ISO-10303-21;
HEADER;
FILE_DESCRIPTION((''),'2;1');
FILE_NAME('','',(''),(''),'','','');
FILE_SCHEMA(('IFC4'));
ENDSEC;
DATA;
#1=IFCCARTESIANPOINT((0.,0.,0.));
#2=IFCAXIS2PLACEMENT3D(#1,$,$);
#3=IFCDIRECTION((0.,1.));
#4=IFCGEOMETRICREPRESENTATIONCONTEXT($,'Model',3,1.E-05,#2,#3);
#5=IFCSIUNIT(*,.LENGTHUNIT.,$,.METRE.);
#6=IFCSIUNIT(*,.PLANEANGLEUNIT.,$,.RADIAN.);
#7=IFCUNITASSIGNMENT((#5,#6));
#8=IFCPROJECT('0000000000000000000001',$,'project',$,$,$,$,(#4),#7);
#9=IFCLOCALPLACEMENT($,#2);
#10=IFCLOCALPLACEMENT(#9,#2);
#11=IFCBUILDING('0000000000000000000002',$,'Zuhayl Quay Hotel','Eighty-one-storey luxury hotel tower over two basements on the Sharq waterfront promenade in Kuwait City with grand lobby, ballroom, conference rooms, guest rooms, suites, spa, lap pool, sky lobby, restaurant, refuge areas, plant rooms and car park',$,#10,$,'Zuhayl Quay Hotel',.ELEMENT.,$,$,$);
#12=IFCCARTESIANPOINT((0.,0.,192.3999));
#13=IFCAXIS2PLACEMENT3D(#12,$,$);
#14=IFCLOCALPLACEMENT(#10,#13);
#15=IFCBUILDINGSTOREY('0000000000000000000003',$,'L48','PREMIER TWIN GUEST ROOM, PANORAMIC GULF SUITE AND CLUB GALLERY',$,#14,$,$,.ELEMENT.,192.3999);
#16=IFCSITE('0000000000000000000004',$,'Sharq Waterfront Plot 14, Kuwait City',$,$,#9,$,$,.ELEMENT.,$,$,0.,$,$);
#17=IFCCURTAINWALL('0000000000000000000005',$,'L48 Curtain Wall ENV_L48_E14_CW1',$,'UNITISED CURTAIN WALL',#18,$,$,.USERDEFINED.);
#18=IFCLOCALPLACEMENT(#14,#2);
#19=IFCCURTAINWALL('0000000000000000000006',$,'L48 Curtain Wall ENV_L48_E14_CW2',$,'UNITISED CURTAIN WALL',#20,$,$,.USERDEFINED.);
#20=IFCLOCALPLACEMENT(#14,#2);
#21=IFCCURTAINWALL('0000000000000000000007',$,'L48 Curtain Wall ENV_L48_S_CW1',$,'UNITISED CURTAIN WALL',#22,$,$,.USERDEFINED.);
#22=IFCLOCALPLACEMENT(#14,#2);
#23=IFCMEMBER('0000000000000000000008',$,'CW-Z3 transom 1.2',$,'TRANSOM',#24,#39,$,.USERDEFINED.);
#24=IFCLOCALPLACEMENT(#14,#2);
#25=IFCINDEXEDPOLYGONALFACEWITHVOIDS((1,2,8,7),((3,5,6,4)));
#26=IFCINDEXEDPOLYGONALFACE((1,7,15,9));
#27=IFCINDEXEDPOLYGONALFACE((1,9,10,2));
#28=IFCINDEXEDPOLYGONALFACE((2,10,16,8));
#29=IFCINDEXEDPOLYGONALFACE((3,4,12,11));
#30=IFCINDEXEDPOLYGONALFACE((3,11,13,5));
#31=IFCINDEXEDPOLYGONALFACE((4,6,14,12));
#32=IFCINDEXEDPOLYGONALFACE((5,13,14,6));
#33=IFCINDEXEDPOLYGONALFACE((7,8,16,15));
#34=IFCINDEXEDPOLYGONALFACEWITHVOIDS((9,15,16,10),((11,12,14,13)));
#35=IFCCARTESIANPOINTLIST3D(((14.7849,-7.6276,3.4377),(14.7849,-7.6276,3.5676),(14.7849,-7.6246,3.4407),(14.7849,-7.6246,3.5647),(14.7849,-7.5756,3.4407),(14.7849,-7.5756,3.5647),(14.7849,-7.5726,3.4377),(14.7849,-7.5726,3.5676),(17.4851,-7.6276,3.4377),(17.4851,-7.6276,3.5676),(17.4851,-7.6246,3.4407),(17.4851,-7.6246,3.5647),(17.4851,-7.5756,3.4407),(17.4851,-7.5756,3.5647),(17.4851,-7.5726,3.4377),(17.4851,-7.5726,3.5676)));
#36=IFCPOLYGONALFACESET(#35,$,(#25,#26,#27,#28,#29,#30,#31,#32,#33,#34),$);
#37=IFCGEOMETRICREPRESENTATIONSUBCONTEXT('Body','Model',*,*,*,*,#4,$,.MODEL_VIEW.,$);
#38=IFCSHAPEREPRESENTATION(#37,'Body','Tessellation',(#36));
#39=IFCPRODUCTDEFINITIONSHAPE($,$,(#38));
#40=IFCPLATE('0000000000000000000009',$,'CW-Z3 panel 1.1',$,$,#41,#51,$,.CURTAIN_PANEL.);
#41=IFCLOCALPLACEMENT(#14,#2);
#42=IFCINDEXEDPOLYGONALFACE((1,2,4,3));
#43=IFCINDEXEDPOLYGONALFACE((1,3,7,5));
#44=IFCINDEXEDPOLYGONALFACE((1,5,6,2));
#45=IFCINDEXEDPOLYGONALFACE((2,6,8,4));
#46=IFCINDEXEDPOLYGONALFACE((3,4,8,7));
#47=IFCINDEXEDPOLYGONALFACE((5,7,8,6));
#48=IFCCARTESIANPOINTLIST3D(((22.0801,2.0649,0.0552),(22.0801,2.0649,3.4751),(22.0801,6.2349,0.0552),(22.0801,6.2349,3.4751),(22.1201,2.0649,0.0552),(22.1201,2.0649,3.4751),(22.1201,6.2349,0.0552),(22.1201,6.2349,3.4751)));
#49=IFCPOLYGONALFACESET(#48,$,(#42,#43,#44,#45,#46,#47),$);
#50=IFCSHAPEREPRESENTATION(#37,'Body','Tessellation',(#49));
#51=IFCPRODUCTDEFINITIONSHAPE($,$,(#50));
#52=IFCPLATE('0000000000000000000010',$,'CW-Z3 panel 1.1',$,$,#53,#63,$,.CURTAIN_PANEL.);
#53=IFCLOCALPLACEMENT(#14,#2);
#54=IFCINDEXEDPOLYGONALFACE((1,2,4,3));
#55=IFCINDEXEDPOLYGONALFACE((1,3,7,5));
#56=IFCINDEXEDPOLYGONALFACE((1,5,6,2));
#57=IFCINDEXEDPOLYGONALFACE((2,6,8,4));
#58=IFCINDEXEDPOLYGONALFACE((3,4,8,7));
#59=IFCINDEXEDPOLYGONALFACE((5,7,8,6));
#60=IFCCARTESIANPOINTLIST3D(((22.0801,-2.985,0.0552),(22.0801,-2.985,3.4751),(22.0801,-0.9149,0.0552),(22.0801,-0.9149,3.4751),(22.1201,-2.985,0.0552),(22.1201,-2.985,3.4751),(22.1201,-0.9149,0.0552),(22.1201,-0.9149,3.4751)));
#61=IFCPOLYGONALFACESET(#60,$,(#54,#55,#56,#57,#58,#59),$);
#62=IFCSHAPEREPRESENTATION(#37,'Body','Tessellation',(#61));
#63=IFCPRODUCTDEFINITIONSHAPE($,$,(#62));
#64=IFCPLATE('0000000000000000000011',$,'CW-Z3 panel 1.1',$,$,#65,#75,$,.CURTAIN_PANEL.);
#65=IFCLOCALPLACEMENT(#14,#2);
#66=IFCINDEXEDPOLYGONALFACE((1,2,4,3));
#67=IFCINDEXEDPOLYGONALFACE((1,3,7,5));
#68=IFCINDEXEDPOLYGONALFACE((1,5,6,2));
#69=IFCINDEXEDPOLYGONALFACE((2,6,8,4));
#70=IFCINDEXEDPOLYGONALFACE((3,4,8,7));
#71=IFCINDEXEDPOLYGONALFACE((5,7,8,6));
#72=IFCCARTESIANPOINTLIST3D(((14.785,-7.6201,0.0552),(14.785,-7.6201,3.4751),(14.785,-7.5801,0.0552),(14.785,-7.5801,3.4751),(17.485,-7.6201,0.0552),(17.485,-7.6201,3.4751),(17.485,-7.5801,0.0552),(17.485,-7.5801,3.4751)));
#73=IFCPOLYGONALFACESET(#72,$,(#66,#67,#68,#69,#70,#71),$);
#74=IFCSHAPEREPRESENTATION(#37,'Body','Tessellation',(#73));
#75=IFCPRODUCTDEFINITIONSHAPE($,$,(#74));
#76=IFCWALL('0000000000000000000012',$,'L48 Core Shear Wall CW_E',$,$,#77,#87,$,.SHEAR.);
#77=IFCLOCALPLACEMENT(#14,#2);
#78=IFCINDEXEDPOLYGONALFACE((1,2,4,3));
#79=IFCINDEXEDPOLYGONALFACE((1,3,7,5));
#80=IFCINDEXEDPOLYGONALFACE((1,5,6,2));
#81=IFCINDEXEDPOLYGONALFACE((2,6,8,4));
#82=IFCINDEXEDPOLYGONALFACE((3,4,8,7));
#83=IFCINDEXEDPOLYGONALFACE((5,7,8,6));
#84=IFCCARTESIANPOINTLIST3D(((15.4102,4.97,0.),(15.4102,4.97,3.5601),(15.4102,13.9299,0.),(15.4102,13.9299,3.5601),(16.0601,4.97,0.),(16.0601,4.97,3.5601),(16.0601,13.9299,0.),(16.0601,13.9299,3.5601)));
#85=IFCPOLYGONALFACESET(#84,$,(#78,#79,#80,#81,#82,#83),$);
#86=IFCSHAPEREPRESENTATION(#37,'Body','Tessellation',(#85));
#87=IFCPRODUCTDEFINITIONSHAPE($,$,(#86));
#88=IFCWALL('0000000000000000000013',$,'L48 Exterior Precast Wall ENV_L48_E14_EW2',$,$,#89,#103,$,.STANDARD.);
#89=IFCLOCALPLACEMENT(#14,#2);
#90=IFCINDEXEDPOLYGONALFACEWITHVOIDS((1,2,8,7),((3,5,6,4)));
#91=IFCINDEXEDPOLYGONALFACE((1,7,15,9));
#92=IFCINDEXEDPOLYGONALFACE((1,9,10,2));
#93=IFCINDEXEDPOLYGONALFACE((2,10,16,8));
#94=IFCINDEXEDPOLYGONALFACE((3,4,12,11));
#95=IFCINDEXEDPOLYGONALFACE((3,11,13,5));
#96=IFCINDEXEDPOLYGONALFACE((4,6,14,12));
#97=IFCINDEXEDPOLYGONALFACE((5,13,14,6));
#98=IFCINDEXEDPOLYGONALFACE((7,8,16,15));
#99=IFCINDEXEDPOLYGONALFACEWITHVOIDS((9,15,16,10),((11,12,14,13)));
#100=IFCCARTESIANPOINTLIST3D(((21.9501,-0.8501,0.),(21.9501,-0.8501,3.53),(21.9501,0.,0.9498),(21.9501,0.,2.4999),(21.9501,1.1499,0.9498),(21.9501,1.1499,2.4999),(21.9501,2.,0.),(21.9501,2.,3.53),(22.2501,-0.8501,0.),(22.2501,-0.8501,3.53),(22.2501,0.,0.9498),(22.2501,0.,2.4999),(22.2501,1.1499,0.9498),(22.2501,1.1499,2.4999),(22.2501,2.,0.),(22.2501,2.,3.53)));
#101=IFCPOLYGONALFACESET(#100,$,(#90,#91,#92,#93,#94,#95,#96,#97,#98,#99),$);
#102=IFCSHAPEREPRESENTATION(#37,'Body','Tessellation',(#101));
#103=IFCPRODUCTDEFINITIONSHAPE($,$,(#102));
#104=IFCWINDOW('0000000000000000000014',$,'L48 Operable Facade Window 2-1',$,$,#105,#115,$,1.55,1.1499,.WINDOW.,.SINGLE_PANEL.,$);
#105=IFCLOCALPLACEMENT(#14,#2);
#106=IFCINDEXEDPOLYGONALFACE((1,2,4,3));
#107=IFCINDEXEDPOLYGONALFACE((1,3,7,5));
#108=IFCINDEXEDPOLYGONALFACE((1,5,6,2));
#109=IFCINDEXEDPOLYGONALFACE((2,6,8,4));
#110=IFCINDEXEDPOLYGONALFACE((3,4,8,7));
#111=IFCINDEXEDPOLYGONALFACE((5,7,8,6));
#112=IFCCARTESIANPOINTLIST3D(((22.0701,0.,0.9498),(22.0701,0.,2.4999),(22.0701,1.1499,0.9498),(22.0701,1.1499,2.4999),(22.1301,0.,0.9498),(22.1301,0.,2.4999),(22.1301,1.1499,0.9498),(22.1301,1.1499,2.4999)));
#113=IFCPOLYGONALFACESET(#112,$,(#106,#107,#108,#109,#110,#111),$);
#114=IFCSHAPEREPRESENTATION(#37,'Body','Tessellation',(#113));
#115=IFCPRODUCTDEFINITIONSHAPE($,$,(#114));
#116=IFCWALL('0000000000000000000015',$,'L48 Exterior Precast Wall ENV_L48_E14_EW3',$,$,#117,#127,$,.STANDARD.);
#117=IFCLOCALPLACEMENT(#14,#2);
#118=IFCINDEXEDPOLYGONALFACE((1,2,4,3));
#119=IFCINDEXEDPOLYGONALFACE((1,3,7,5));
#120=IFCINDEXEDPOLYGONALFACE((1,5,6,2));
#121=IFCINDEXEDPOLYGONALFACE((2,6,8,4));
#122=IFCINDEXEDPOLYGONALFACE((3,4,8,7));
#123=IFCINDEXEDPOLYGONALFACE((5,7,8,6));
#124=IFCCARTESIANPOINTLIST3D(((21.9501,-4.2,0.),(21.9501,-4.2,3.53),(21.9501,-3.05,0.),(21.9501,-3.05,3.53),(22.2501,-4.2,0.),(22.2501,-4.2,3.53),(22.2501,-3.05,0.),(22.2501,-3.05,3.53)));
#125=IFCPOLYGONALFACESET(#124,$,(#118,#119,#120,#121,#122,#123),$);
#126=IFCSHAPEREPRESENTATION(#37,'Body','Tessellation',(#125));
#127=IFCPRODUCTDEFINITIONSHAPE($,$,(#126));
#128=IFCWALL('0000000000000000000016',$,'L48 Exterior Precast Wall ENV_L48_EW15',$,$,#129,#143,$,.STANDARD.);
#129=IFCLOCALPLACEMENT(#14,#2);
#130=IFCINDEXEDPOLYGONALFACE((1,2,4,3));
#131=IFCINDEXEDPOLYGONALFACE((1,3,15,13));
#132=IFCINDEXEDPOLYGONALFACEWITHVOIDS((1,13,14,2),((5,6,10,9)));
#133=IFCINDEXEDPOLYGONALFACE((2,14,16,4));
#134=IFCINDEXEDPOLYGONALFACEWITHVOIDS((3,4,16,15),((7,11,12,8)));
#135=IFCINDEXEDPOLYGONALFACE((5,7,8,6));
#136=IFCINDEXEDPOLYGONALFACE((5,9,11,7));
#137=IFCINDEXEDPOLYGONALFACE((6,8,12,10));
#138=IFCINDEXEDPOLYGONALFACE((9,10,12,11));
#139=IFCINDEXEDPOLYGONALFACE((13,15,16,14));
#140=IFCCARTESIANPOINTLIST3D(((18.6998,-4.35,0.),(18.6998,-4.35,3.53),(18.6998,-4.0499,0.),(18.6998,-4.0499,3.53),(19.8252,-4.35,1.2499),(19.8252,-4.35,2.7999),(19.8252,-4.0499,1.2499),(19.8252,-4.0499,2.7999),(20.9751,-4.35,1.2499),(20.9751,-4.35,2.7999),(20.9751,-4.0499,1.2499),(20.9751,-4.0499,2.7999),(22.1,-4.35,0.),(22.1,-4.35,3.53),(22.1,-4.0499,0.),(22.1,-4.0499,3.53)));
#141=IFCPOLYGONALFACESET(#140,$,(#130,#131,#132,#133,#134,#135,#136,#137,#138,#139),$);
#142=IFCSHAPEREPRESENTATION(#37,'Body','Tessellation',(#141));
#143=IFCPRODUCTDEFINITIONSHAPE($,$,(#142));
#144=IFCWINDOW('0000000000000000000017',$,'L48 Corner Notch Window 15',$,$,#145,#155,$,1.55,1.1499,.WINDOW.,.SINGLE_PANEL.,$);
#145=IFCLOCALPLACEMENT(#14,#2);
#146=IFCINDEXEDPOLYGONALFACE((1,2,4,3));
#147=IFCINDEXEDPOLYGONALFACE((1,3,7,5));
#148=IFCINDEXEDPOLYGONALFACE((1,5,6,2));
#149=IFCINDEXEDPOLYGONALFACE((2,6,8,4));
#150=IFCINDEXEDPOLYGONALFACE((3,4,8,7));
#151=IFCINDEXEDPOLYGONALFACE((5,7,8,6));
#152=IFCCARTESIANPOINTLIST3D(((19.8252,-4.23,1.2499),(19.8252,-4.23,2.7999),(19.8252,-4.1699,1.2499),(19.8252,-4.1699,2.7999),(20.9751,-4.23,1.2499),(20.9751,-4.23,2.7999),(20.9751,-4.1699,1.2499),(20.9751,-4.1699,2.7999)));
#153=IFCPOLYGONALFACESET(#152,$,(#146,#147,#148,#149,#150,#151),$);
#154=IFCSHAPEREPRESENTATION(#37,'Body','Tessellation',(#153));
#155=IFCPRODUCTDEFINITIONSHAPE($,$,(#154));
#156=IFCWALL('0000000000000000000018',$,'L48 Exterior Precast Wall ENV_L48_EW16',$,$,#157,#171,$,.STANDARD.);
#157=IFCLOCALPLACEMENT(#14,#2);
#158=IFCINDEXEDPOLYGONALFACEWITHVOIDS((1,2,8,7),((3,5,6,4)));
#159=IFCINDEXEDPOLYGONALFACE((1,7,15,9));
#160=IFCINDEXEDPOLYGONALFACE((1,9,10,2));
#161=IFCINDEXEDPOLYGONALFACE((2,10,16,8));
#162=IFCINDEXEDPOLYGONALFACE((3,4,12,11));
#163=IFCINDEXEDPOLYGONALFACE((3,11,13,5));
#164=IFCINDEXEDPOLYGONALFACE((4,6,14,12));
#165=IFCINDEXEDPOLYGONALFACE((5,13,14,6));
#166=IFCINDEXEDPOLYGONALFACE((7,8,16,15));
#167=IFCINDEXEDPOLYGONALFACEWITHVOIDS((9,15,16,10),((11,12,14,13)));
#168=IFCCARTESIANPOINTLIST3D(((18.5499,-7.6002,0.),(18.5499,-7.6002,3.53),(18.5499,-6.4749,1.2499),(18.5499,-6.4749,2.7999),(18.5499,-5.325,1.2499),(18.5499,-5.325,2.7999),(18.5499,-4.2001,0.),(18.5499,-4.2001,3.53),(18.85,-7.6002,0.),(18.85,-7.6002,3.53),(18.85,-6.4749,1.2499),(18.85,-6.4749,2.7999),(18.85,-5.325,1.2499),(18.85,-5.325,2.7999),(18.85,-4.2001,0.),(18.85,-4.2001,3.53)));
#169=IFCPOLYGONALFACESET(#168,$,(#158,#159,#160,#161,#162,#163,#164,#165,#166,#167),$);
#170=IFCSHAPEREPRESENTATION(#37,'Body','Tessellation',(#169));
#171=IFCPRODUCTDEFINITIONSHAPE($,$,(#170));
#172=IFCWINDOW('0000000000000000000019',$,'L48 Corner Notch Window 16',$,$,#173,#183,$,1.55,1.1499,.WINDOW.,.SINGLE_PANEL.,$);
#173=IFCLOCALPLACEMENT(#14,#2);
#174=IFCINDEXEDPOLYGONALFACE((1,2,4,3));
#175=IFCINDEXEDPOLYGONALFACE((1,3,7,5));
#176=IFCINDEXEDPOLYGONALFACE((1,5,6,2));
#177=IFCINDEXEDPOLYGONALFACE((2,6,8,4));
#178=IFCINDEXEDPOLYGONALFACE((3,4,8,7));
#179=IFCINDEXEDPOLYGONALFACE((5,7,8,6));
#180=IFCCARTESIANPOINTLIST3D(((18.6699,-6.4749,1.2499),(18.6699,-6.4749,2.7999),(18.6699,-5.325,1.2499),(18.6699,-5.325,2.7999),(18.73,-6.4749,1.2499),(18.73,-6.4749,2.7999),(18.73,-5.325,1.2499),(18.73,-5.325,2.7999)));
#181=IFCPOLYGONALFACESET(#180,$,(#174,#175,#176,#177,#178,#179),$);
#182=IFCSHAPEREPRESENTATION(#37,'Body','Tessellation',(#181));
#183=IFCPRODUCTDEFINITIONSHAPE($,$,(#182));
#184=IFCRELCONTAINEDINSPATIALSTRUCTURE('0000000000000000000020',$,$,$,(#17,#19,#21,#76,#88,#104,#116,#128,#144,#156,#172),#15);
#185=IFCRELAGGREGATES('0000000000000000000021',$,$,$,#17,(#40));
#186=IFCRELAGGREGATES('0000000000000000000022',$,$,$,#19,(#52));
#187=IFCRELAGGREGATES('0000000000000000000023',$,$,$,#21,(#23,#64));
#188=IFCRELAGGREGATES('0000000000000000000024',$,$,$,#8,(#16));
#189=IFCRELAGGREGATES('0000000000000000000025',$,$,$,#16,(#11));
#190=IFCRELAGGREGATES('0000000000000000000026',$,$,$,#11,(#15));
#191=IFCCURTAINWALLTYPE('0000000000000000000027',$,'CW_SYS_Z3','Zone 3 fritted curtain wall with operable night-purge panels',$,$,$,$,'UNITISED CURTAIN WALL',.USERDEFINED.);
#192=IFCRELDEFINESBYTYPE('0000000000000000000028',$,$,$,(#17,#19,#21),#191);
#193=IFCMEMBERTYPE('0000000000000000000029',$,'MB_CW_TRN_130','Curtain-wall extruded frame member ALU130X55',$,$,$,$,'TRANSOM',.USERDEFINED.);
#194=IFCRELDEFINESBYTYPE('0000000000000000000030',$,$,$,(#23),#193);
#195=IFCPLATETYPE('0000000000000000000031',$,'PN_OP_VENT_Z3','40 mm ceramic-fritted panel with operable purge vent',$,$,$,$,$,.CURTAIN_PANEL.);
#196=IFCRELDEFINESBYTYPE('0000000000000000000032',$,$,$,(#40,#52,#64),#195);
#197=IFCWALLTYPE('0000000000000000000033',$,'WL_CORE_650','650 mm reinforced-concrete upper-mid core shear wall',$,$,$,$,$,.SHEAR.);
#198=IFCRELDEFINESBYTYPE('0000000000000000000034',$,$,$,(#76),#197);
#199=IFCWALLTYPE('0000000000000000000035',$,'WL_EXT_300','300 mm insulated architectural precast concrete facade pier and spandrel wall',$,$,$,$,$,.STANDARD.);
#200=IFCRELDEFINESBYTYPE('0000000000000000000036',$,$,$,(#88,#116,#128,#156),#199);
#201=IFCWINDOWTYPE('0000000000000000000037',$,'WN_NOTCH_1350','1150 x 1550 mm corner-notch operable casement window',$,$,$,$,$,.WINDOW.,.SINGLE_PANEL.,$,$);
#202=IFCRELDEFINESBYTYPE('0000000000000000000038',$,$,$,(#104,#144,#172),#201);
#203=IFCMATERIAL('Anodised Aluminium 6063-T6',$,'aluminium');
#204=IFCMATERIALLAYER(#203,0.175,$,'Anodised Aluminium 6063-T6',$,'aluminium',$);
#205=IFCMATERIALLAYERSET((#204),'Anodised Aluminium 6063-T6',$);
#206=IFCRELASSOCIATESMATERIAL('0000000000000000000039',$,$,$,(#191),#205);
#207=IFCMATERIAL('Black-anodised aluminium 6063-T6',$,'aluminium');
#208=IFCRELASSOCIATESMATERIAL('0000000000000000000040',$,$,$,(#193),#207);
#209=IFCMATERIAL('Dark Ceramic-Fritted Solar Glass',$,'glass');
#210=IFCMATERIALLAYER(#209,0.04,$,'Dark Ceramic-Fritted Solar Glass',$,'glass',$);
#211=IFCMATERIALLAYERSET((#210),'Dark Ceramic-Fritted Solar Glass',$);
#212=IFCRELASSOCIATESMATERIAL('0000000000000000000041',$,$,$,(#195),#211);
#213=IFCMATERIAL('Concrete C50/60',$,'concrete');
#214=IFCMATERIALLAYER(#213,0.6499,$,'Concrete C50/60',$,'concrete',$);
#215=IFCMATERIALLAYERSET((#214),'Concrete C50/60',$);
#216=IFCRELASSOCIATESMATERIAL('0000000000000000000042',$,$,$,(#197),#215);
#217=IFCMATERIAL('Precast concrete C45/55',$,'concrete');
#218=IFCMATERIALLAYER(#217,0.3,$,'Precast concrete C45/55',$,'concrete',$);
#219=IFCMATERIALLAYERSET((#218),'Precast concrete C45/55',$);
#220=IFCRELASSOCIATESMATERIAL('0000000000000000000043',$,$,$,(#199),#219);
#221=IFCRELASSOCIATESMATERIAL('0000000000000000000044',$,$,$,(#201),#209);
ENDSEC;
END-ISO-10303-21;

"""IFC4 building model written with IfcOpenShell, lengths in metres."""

from ifc_helpers import new_model, si_unit, direction, frame, frame_2d, origin, origin_2d, place, context, subcontext, project, spatial, rectangle, hollow_rectangle, extrude, material, layer, layer_set, material_profile, profile_set, type_object, element, fill, aggregate, save


model = new_model("IFC4")

# Units and contexts
model_context = context("Model", 3, precision=1e-05, world=origin(), true_north=direction((0.0, 1.0)))
body_context = subcontext(model_context, "Body", "Model", "MODEL_VIEW")
ifc_project = project(units=[si_unit("LENGTHUNIT", "METRE"), si_unit("PLANEANGLEUNIT", "RADIAN")], contexts=[model_context])

# Site, building, storey
site_placement = place(None, origin())
site = spatial("IfcSite", under=ifc_project, at=site_placement, Name="Sharq Waterfront Plot 14, Kuwait City", CompositionType="ELEMENT", RefElevation=0.0)
building_placement = place(site_placement, origin())
building = spatial("IfcBuilding", under=site, at=building_placement, Name="Zuhayl Quay Hotel", Description="Eighty-one-storey luxury hotel tower over two basements on the Sharq waterfront promenade in Kuwait City with grand lobby, ballroom, conference rooms, guest rooms, suites, spa, lap pool, sky lobby, restaurant, refuge areas, plant rooms and car park", LongName="Zuhayl Quay Hotel", CompositionType="ELEMENT")
storey_placement = place(building_placement, frame((0.0, 0.0, 192.3999)))
storey = spatial("IfcBuildingStorey", under=building, at=storey_placement, Name="L48", Description="PREMIER TWIN GUEST ROOM, PANORAMIC GULF SUITE AND CLUB GALLERY", CompositionType="ELEMENT", Elevation=192.3999)

# Curtain walls
ifc_material_1 = material(Name="Anodised Aluminium 6063-T6", Category="aluminium")
ifc_layer_1 = layer(ifc_material_1, 0.175, Name="Anodised Aluminium 6063-T6", Category="aluminium")
ifc_layer_set_1 = layer_set([ifc_layer_1], Name="Anodised Aluminium 6063-T6")
curtain_wall_type = type_object("IfcCurtainWallType", Name="CW_SYS_Z3", Description="Zone 3 fritted curtain wall with operable night-purge panels", ElementType="UNITISED CURTAIN WALL", PredefinedType="USERDEFINED", material=ifc_layer_set_1)
curtain_wall_1_placement = place(storey_placement, origin())
curtain_wall_1 = element("IfcCurtainWall", 1, at=curtain_wall_1_placement, inside=storey, type_object=curtain_wall_type, Name="L48 Curtain Wall ENV_L48_E14_CW1", ObjectType="UNITISED CURTAIN WALL", PredefinedType="USERDEFINED")
ifc_material_2 = material(Name="Black-anodised aluminium 6063-T6", Category="aluminium")
curtain_wall_2_placement = place(storey_placement, origin())
curtain_wall_2 = element("IfcCurtainWall", 2, at=curtain_wall_2_placement, inside=storey, type_object=curtain_wall_type, Name="L48 Curtain Wall ENV_L48_E14_CW2", ObjectType="UNITISED CURTAIN WALL", PredefinedType="USERDEFINED")
curtain_wall_3_placement = place(storey_placement, origin())
curtain_wall_3 = element("IfcCurtainWall", 3, at=curtain_wall_3_placement, inside=storey, type_object=curtain_wall_type, Name="L48 Curtain Wall ENV_L48_S_CW1", ObjectType="UNITISED CURTAIN WALL", PredefinedType="USERDEFINED")

# Member
ifc_material_profile_1 = material_profile(ifc_material_2, hollow_rectangle(XDim=0.0549, YDim=0.1299, WallThickness=0.0029, at=origin_2d()), Name="ALU130X55")
ifc_profile_set_1 = profile_set([ifc_material_profile_1], Name="Black-anodised aluminium 6063-T6")
member_type_1 = type_object("IfcMemberType", Name="MB_CW_TRN_130", Description="Curtain-wall extruded frame member ALU130X55", ElementType="TRANSOM", PredefinedType="USERDEFINED", material=ifc_profile_set_1)
member_1_placement = place(storey_placement, frame((17.4851, -7.6001, 3.5027), z_axis=(-1.0, 0.0, 0.0), x_axis=(0.0, -1.0, 0.0)))
member_1 = element("IfcMember", 4, at=member_1_placement, type_object=member_type_1, Name="CW-Z3 transom 1.2", ObjectType="TRANSOM", PredefinedType="USERDEFINED", context=body_context, shape_type="SweptSolid", body=[
    extrude(hollow_rectangle(XDim=0.0549, YDim=0.1299, WallThickness=0.0029, at=origin_2d()), origin(), (0.0, 0.0, 1.0), 2.7002),
])

# Plates
ifc_material_3 = material(Name="Dark Ceramic-Fritted Solar Glass", Category="glass")
ifc_layer_2 = layer(ifc_material_3, 0.04, Name="Dark Ceramic-Fritted Solar Glass", Category="glass")
ifc_layer_set_2 = layer_set([ifc_layer_2], Name="Dark Ceramic-Fritted Solar Glass")
plate_type = type_object("IfcPlateType", Name="PN_OP_VENT_Z3", Description="40 mm ceramic-fritted panel with operable purge vent", PredefinedType="CURTAIN_PANEL", material=ifc_layer_set_2)
plate_1_placement = place(storey_placement, frame((22.1001, 4.1499, 0.0552), z_axis=(0.0, 0.0, 1.0), x_axis=(0.0, -1.0, 0.0)))
plate_1 = element("IfcPlate", 5, at=plate_1_placement, type_object=plate_type, Name="CW-Z3 panel 1.1", PredefinedType="CURTAIN_PANEL", context=body_context, shape_type="SweptSolid", body=[
    extrude(rectangle(XDim=4.1699, YDim=0.04, at=origin_2d()), origin(), (0.0, 0.0, 1.0), 3.4199),
])
aggregate(curtain_wall_1, [plate_1])
plate_2_placement = place(storey_placement, frame((22.1001, -1.95, 0.0552), z_axis=(0.0, 0.0, 1.0), x_axis=(0.0, -1.0, 0.0)))
plate_2 = element("IfcPlate", 6, at=plate_2_placement, type_object=plate_type, Name="CW-Z3 panel 1.1", PredefinedType="CURTAIN_PANEL", context=body_context, shape_type="SweptSolid", body=[
    extrude(rectangle(XDim=2.0701, YDim=0.04, at=origin_2d()), origin(), (0.0, 0.0, 1.0), 3.4199),
])
aggregate(curtain_wall_2, [plate_2])
plate_3_placement = place(storey_placement, frame((16.135, -7.6001, 0.0552), z_axis=(0.0, 0.0, 1.0), x_axis=(-1.0, 0.0, 0.0)))
plate_3 = element("IfcPlate", 7, at=plate_3_placement, type_object=plate_type, Name="CW-Z3 panel 1.1", PredefinedType="CURTAIN_PANEL", context=body_context, shape_type="SweptSolid", body=[
    extrude(rectangle(XDim=2.7, YDim=0.04, at=origin_2d()), origin(), (0.0, 0.0, 1.0), 3.4199),
])
aggregate(curtain_wall_3, [member_1, plate_3])

# Wall
ifc_material_4 = material(Name="Concrete C50/60", Category="concrete")
ifc_layer_3 = layer(ifc_material_4, 0.6499, Name="Concrete C50/60", Category="concrete")
ifc_layer_set_3 = layer_set([ifc_layer_3], Name="Concrete C50/60")
wall_type_1 = type_object("IfcWallType", Name="WL_CORE_650", Description="650 mm reinforced-concrete upper-mid core shear wall", PredefinedType="SHEAR", material=ifc_layer_set_3)
wall_1_placement = place(storey_placement, frame((15.7351, 4.97, 0.0), z_axis=(0.0, 0.0, 1.0), x_axis=(0.0, 1.0, 0.0)))
element("IfcWall", 8, at=wall_1_placement, inside=storey, type_object=wall_type_1, Name="L48 Core Shear Wall CW_E", PredefinedType="SHEAR", context=body_context, shape_type="SweptSolid", body=[
    extrude(rectangle(XDim=8.96, YDim=0.6499, at=frame_2d((4.48, 0.0))), origin(), (0.0, 0.0, 1.0), 3.5601),
])

# Wall, opening, window
ifc_material_5 = material(Name="Precast concrete C45/55", Category="concrete")
ifc_layer_4 = layer(ifc_material_5, 0.3, Name="Precast concrete C45/55", Category="concrete")
ifc_layer_set_4 = layer_set([ifc_layer_4], Name="Precast concrete C45/55")
wall_type_2 = type_object("IfcWallType", Name="WL_EXT_300", Description="300 mm insulated architectural precast concrete facade pier and spandrel wall", PredefinedType="STANDARD", material=ifc_layer_set_4)
wall_2_placement = place(storey_placement, frame((22.1001, 2.0, 0.0), z_axis=(0.0, 0.0, 1.0), x_axis=(0.0, -1.0, 0.0)))
wall_2 = element("IfcWall", 9, at=wall_2_placement, inside=storey, type_object=wall_type_2, Name="L48 Exterior Precast Wall ENV_L48_E14_EW2", PredefinedType="STANDARD", context=body_context, shape_type="SweptSolid", body=[
    extrude(rectangle(XDim=2.8501, YDim=0.3, at=frame_2d((1.425, 0.0))), origin(), (0.0, 0.0, 1.0), 3.53),
])
opening_1_placement = place(wall_2_placement, frame((0.8501, 0.0, 0.95)))
opening_1 = element("IfcOpeningElement", 10, at=opening_1_placement, cuts=wall_2, PredefinedType="OPENING", context=body_context, shape_type="SweptSolid", body=[
    extrude(rectangle(XDim=1.1499, YDim=1.55, at=frame_2d((0.575, 0.7749))), frame((0.0, 0.1599, 0.0), z_axis=(0.0, -1.0, 0.0), x_axis=(1.0, 0.0, 0.0)), (0.0, 0.0, 1.0), 0.3201),
])
window_type = type_object("IfcWindowType", Name="WN_NOTCH_1350", Description="1150 x 1550 mm corner-notch operable casement window", PartitioningType="SINGLE_PANEL", PredefinedType="WINDOW", material=ifc_material_3)
window_1_placement = place(opening_1_placement, origin())
window_1 = element("IfcWindow", 11, at=window_1_placement, inside=storey, type_object=window_type, Name="L48 Operable Facade Window 2-1", OverallHeight=1.55, OverallWidth=1.1499, PartitioningType="SINGLE_PANEL", PredefinedType="WINDOW", context=body_context, shape_type="SweptSolid", body=[
    extrude(rectangle(XDim=1.1499, YDim=1.55, at=frame_2d((0.575, 0.7749))), frame((0.0, 0.03, 0.0), z_axis=(0.0, -1.0, 0.0), x_axis=(1.0, 0.0, 0.0)), (0.0, 0.0, 1.0), 0.0601),
])
fill(opening_1, window_1)

# Wall
wall_3_placement = place(storey_placement, frame((22.1001, -3.05, 0.0), z_axis=(0.0, 0.0, 1.0), x_axis=(0.0, -1.0, 0.0)))
element("IfcWall", 12, at=wall_3_placement, inside=storey, type_object=wall_type_2, Name="L48 Exterior Precast Wall ENV_L48_E14_EW3", PredefinedType="STANDARD", context=body_context, shape_type="SweptSolid", body=[
    extrude(rectangle(XDim=1.1499, YDim=0.3, at=frame_2d((0.575, 0.0))), origin(), (0.0, 0.0, 1.0), 3.53),
])

# Walls, openings, windows
wall_4_placement = place(storey_placement, frame((22.1001, -4.2, 0.0), z_axis=(0.0, 0.0, 1.0), x_axis=(-1.0, 0.0, 0.0)))
wall_4 = element("IfcWall", 13, at=wall_4_placement, inside=storey, type_object=wall_type_2, Name="L48 Exterior Precast Wall ENV_L48_EW15", PredefinedType="STANDARD", context=body_context, shape_type="SweptSolid", body=[
    extrude(rectangle(XDim=3.4001, YDim=0.3, at=frame_2d((1.7002, 0.0))), origin(), (0.0, 0.0, 1.0), 3.53),
])
opening_2_placement = place(wall_4_placement, frame((1.125, 0.0, 1.25)))
opening_2 = element("IfcOpeningElement", 14, at=opening_2_placement, cuts=wall_4, PredefinedType="OPENING", context=body_context, shape_type="SweptSolid", body=[
    extrude(rectangle(XDim=1.1499, YDim=1.55, at=frame_2d((0.575, 0.7749))), frame((0.0, 0.1599, 0.0), z_axis=(0.0, -1.0, 0.0), x_axis=(1.0, 0.0, 0.0)), (0.0, 0.0, 1.0), 0.3201),
])
window_2_placement = place(opening_2_placement, origin())
window_2 = element("IfcWindow", 15, at=window_2_placement, inside=storey, type_object=window_type, Name="L48 Corner Notch Window 15", OverallHeight=1.55, OverallWidth=1.1499, PartitioningType="SINGLE_PANEL", PredefinedType="WINDOW", context=body_context, shape_type="SweptSolid", body=[
    extrude(rectangle(XDim=1.1499, YDim=1.55, at=frame_2d((0.575, 0.7749))), frame((0.0, 0.03, 0.0), z_axis=(0.0, -1.0, 0.0), x_axis=(1.0, 0.0, 0.0)), (0.0, 0.0, 1.0), 0.0601),
])
fill(opening_2, window_2)
wall_5_placement = place(storey_placement, frame((18.7, -4.2, 0.0), z_axis=(0.0, 0.0, 1.0), x_axis=(0.0, -1.0, 0.0)))
wall_5 = element("IfcWall", 16, at=wall_5_placement, inside=storey, type_object=wall_type_2, Name="L48 Exterior Precast Wall ENV_L48_EW16", PredefinedType="STANDARD", context=body_context, shape_type="SweptSolid", body=[
    extrude(rectangle(XDim=3.4001, YDim=0.3, at=frame_2d((1.7002, 0.0))), origin(), (0.0, 0.0, 1.0), 3.53),
])
opening_3_placement = place(wall_5_placement, frame((1.125, 0.0, 1.25)))
opening_3 = element("IfcOpeningElement", 17, at=opening_3_placement, cuts=wall_5, PredefinedType="OPENING", context=body_context, shape_type="SweptSolid", body=[
    extrude(rectangle(XDim=1.1499, YDim=1.55, at=frame_2d((0.575, 0.7749))), frame((0.0, 0.1599, 0.0), z_axis=(0.0, -1.0, 0.0), x_axis=(1.0, 0.0, 0.0)), (0.0, 0.0, 1.0), 0.3201),
])
window_3_placement = place(opening_3_placement, origin())
window_3 = element("IfcWindow", 18, at=window_3_placement, inside=storey, type_object=window_type, Name="L48 Corner Notch Window 16", OverallHeight=1.55, OverallWidth=1.1499, PartitioningType="SINGLE_PANEL", PredefinedType="WINDOW", context=body_context, shape_type="SweptSolid", body=[
    extrude(rectangle(XDim=1.1499, YDim=1.55, at=frame_2d((0.575, 0.7749))), frame((0.0, 0.03, 0.0), z_axis=(0.0, -1.0, 0.0), x_axis=(1.0, 0.0, 0.0)), (0.0, 0.0, 1.0), 0.0601),
])
fill(opening_3, window_3)

save(model, "model.ifc")
